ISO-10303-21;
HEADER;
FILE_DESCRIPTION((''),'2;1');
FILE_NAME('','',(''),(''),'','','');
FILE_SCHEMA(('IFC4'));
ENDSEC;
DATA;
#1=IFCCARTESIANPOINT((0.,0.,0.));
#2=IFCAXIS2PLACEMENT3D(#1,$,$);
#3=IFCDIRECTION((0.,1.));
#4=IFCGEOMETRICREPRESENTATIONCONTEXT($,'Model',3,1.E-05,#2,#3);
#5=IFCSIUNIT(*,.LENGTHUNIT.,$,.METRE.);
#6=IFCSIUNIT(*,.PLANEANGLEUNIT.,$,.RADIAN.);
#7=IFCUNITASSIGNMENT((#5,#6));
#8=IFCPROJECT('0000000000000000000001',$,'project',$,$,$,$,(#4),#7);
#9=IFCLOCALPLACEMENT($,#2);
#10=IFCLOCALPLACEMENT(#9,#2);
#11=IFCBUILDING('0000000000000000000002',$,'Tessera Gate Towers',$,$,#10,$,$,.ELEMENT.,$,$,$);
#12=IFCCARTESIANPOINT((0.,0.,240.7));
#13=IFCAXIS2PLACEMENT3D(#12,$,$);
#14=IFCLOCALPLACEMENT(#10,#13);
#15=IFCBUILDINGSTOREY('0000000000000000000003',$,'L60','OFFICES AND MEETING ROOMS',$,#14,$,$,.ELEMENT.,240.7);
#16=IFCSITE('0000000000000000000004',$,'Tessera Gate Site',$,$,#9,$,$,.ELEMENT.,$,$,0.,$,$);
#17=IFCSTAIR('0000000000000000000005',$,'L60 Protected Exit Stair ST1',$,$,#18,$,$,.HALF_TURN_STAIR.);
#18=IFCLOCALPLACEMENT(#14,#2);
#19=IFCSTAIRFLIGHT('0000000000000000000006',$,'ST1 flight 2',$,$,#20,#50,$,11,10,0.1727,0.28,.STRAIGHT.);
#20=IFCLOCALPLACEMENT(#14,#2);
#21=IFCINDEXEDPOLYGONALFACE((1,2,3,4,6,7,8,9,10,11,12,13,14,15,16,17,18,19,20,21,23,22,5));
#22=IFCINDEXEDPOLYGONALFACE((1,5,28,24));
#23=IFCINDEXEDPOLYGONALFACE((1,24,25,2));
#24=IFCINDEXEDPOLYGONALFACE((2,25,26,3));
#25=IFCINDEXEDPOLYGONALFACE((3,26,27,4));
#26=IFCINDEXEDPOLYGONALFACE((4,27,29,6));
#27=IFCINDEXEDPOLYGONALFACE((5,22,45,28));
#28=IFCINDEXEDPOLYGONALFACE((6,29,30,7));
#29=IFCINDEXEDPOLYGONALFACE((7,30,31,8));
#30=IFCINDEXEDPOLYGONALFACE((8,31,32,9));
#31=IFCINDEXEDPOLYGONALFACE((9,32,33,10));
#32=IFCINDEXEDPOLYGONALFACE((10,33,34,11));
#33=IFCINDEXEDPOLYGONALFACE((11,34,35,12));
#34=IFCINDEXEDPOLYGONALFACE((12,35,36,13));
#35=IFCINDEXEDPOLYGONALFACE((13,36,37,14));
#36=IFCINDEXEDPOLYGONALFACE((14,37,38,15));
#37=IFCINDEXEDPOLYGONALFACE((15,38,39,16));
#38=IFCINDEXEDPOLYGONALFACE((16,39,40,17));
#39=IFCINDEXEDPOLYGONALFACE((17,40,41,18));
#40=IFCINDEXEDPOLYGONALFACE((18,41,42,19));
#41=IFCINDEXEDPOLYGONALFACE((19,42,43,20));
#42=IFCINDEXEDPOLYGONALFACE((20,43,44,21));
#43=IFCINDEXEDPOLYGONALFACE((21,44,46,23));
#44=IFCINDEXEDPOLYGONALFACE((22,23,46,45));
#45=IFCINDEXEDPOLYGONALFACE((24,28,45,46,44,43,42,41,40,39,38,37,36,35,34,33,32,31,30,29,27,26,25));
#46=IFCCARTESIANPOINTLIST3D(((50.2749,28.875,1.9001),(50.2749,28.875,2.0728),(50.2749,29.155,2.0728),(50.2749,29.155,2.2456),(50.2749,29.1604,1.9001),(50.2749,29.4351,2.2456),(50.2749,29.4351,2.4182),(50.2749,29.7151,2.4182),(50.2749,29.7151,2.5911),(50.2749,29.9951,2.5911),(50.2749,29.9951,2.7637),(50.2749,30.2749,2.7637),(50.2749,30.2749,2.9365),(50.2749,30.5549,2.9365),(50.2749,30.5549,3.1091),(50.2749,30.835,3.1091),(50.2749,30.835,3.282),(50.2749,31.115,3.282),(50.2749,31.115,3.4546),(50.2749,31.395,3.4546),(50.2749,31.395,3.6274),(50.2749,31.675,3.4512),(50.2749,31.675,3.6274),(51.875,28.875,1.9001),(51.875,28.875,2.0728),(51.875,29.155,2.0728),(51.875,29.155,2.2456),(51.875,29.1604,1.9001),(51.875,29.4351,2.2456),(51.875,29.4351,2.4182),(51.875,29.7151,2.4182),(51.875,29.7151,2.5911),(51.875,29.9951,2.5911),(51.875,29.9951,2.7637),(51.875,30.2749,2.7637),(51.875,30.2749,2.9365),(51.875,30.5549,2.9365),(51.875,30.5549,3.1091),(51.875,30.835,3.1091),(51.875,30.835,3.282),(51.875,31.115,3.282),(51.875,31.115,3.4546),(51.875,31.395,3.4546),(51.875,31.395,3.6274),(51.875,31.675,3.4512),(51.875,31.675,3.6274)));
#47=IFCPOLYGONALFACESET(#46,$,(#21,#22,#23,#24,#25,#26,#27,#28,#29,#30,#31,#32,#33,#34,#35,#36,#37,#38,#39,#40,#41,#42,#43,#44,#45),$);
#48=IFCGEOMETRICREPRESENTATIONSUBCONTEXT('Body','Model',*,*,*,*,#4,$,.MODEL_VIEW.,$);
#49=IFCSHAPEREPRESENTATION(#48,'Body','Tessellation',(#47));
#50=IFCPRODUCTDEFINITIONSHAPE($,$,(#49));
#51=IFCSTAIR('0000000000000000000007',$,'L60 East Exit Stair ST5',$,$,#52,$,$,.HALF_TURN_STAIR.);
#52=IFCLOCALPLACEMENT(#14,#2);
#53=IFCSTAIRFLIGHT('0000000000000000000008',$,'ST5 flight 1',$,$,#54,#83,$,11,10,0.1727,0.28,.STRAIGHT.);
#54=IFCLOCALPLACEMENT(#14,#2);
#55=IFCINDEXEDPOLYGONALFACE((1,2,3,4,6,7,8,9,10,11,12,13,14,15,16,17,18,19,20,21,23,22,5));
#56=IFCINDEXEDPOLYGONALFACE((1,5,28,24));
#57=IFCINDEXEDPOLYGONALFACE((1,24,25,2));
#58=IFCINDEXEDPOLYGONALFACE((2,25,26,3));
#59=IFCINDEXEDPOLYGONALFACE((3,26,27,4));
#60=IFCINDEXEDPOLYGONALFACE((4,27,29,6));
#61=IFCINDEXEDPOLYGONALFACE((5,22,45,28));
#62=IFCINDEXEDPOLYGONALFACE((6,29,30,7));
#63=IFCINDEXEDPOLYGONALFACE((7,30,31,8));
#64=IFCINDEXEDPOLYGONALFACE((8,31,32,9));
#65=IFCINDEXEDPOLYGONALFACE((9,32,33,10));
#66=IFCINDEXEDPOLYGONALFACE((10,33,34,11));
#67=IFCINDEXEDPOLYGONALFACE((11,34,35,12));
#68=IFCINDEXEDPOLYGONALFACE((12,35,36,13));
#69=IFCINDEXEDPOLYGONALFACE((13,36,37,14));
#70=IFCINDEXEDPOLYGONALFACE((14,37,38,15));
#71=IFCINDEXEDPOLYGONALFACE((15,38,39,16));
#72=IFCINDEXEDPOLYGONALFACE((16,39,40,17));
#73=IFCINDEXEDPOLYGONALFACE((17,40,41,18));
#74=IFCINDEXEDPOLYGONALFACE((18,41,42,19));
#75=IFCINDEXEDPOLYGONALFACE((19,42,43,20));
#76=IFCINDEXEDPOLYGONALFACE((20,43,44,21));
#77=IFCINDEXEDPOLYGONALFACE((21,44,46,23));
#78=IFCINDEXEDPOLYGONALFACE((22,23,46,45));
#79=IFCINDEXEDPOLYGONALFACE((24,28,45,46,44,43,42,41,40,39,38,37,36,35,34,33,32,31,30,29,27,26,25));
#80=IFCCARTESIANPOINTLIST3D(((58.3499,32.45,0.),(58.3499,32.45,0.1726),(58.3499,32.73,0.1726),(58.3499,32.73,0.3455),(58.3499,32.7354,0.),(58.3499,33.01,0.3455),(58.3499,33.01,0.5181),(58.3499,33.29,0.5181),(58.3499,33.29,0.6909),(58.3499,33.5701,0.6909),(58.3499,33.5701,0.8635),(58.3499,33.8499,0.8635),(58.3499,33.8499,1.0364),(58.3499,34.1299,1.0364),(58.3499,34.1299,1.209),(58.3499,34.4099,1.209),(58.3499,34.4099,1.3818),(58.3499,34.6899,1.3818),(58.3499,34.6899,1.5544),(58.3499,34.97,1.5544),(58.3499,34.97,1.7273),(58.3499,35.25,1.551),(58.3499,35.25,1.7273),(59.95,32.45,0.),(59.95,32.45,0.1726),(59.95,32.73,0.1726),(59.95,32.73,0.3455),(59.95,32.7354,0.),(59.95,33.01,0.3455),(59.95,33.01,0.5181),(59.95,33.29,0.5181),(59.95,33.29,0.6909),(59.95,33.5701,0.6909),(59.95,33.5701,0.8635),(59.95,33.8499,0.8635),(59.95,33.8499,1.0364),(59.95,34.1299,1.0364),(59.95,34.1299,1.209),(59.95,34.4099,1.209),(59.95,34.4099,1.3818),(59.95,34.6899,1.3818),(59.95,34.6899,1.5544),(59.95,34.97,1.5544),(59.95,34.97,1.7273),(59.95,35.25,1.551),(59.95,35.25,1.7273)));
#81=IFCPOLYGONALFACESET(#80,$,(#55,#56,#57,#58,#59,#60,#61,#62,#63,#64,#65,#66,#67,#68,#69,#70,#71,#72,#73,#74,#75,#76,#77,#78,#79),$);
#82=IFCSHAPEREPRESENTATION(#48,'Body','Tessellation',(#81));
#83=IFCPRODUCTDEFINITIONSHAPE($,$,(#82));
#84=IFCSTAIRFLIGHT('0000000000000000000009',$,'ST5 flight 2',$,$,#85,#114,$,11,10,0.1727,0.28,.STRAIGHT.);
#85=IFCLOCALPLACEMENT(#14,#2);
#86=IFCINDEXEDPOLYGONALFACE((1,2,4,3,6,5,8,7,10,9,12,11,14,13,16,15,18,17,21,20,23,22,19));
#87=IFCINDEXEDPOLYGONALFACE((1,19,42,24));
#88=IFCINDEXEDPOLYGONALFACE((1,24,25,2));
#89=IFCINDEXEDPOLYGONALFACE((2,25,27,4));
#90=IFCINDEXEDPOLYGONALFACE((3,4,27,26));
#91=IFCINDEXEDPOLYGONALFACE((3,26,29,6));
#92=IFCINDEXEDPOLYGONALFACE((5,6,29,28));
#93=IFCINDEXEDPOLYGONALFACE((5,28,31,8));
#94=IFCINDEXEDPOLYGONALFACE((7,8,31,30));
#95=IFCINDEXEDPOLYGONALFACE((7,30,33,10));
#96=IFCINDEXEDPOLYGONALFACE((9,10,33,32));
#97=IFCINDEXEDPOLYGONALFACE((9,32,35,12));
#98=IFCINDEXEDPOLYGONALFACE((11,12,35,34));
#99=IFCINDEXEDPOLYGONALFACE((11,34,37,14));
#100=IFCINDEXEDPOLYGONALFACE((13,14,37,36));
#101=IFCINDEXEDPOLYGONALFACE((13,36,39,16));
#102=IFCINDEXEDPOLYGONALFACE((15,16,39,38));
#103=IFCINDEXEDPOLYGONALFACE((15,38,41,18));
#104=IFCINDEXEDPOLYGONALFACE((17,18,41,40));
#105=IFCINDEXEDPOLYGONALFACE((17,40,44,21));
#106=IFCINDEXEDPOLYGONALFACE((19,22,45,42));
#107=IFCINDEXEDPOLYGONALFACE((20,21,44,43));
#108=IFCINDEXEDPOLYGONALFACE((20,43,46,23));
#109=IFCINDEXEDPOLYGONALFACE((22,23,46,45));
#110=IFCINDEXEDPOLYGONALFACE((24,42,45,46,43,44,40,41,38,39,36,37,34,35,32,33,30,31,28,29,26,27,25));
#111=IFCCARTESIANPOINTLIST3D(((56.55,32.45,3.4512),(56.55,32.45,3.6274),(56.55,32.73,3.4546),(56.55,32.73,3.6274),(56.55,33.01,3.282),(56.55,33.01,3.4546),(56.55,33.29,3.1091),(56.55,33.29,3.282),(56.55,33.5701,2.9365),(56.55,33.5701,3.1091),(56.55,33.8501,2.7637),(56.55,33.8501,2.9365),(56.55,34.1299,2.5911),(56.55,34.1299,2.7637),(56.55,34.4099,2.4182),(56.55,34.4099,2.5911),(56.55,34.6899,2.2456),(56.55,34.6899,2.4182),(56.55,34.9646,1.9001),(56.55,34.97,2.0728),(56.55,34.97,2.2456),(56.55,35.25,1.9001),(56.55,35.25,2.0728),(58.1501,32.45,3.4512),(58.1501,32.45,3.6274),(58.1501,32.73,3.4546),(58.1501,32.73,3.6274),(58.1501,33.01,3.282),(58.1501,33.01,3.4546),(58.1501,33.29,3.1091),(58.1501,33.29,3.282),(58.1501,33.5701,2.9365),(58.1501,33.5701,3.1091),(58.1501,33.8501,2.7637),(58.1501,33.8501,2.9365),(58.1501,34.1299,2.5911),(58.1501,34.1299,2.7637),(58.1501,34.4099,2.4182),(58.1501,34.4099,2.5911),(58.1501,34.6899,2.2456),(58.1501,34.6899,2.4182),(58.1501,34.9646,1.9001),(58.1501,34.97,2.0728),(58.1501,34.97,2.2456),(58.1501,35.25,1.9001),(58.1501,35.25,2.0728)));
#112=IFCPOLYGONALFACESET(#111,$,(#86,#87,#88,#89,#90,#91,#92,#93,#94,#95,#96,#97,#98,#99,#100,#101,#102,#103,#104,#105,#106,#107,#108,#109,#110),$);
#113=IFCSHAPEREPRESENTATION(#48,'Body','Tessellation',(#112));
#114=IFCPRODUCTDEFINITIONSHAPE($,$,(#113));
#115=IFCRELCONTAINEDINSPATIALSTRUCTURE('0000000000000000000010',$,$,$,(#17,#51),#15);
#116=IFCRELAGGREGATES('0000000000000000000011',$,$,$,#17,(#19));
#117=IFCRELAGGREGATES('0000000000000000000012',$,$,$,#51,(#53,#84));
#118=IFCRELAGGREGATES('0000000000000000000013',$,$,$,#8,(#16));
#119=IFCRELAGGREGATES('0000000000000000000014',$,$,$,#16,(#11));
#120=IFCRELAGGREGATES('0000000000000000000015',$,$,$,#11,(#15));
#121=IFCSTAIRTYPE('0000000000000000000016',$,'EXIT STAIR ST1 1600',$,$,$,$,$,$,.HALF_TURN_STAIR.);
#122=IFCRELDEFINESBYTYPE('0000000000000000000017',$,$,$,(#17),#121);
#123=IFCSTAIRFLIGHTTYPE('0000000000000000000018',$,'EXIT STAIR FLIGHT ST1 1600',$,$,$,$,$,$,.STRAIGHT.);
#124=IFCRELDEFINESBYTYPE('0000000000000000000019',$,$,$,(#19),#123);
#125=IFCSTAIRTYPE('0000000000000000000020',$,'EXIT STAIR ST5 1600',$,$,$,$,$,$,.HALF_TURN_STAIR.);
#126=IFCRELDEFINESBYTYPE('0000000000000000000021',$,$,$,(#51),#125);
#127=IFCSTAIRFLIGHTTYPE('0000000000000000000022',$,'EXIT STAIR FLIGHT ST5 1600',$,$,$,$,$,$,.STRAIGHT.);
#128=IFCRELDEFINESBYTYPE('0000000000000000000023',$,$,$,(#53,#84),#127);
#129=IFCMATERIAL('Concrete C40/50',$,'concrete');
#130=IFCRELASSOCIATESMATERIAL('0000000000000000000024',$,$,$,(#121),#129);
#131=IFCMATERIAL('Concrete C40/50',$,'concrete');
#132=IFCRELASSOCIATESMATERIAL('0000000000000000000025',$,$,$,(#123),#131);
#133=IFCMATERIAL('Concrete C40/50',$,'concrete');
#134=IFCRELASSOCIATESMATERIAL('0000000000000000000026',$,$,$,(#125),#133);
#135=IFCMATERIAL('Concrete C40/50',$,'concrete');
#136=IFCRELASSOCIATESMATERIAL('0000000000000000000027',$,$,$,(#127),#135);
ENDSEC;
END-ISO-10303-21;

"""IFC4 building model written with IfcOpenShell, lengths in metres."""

from ifc_helpers import new_model, si_unit, direction, frame, origin, place, context, subcontext, project, spatial, polyline, outline, extrude, material, type_object, element, aggregate, save


model = new_model("IFC4")

# Units and contexts
model_context = context("Model", 3, precision=1e-05, world=origin(), true_north=direction((0.0, 1.0)))
body_context = subcontext(model_context, "Body", "Model", "MODEL_VIEW")
ifc_project = project(units=[si_unit("LENGTHUNIT", "METRE"), si_unit("PLANEANGLEUNIT", "RADIAN")], contexts=[model_context])

# Site, building, storey
site_placement = place(None, origin())
site = spatial("IfcSite", under=ifc_project, at=site_placement, Name="Tessera Gate Site", CompositionType="ELEMENT", RefElevation=0.0)
building_placement = place(site_placement, origin())
building = spatial("IfcBuilding", under=site, at=building_placement, Name="Tessera Gate Towers", CompositionType="ELEMENT")
storey_placement = place(building_placement, frame((0.0, 0.0, 240.7)))
storey = spatial("IfcBuildingStorey", under=building, at=storey_placement, Name="L60", Description="OFFICES AND MEETING ROOMS", CompositionType="ELEMENT", Elevation=240.7)

# Stair, stair flight
ifc_material_1 = material(Name="Concrete C40/50", Category="concrete")
stair_type_1 = type_object("IfcStairType", Name="EXIT STAIR ST1 1600", PredefinedType="HALF_TURN_STAIR", material=ifc_material_1)
stair_1_placement = place(storey_placement, origin())
stair_1 = element("IfcStair", 1, at=stair_1_placement, inside=storey, type_object=stair_type_1, Name="L60 Protected Exit Stair ST1", PredefinedType="HALF_TURN_STAIR")
ifc_material_2 = material(Name="Concrete C40/50", Category="concrete")
stair_flight_type_1 = type_object("IfcStairFlightType", Name="EXIT STAIR FLIGHT ST1 1600", PredefinedType="STRAIGHT", material=ifc_material_2)
stair_flight_1_placement = place(storey_placement, frame((51.075, 28.875, 1.9001), z_axis=(0.0, 0.0, 1.0), x_axis=(0.0, 1.0, 0.0)))
stair_flight_1 = element("IfcStairFlight", 2, at=stair_flight_1_placement, type_object=stair_flight_type_1, Name="ST1 flight 2", NumberOfRisers=11, NumberOfTreads=10, PredefinedType="STRAIGHT", RiserHeight=0.1727, TreadLength=0.28, context=body_context, shape_type="SweptSolid", body=[
    extrude(outline(polyline([(0.0, 0.0), (0.0, 0.1726), (0.28, 0.1726), (0.28, 0.3455), (0.5601, 0.3455), (0.5601, 0.5181), (0.8401, 0.5181), (0.8401, 0.6909), (1.1201, 0.6909), (1.1201, 0.8635), (1.3999, 0.8635), (1.3999, 1.0364), (1.6799, 1.0364), (1.6799, 1.209), (1.96, 1.209), (1.96, 1.3818), (2.24, 1.3818), (2.24, 1.5544), (2.52, 1.5544), (2.52, 1.7273), (2.8, 1.7273), (2.8, 1.8999), (2.8, 1.551), (0.2854, 0.0), (0.0, 0.0)])), frame((0.0, 0.8, 0.0), z_axis=(0.0, -1.0, 0.0), x_axis=(1.0, 0.0, 0.0)), (0.0, 0.0, 1.0), 1.6001),
])
aggregate(stair_1, [stair_flight_1])

# Stair, stair flights
ifc_material_3 = material(Name="Concrete C40/50", Category="concrete")
stair_type_2 = type_object("IfcStairType", Name="EXIT STAIR ST5 1600", PredefinedType="HALF_TURN_STAIR", material=ifc_material_3)
stair_2_placement = place(storey_placement, origin())
stair_2 = element("IfcStair", 3, at=stair_2_placement, inside=storey, type_object=stair_type_2, Name="L60 East Exit Stair ST5", PredefinedType="HALF_TURN_STAIR")
ifc_material_4 = material(Name="Concrete C40/50", Category="concrete")
stair_flight_type_2 = type_object("IfcStairFlightType", Name="EXIT STAIR FLIGHT ST5 1600", PredefinedType="STRAIGHT", material=ifc_material_4)
stair_flight_2_placement = place(storey_placement, frame((59.1499, 32.45, 0.0), z_axis=(0.0, 0.0, 1.0), x_axis=(0.0, 1.0, 0.0)))
stair_flight_2 = element("IfcStairFlight", 4, at=stair_flight_2_placement, type_object=stair_flight_type_2, Name="ST5 flight 1", NumberOfRisers=11, NumberOfTreads=10, PredefinedType="STRAIGHT", RiserHeight=0.1727, TreadLength=0.28, context=body_context, shape_type="SweptSolid", body=[
    extrude(outline(polyline([(0.0, 0.0), (0.0, 0.1726), (0.28, 0.1726), (0.28, 0.3455), (0.5601, 0.3455), (0.5601, 0.5181), (0.8401, 0.5181), (0.8401, 0.6909), (1.1201, 0.6909), (1.1201, 0.8635), (1.3999, 0.8635), (1.3999, 1.0364), (1.6799, 1.0364), (1.6799, 1.209), (1.96, 1.209), (1.96, 1.3818), (2.24, 1.3818), (2.24, 1.5544), (2.52, 1.5544), (2.52, 1.7273), (2.8, 1.7273), (2.8, 1.8999), (2.8, 1.551), (0.2854, 0.0), (0.0, 0.0)])), frame((0.0, 0.8, 0.0), z_axis=(0.0, -1.0, 0.0), x_axis=(1.0, 0.0, 0.0)), (0.0, 0.0, 1.0), 1.6001),
])
stair_flight_3_placement = place(storey_placement, frame((57.3501, 35.25, 1.9001), z_axis=(0.0, 0.0, 1.0), x_axis=(0.0, -1.0, 0.0)))
stair_flight_3 = element("IfcStairFlight", 5, at=stair_flight_3_placement, type_object=stair_flight_type_2, Name="ST5 flight 2", NumberOfRisers=11, NumberOfTreads=10, PredefinedType="STRAIGHT", RiserHeight=0.1727, TreadLength=0.28, context=body_context, shape_type="SweptSolid", body=[
    extrude(outline(polyline([(0.0, 0.0), (0.0, 0.1726), (0.28, 0.1726), (0.28, 0.3455), (0.5601, 0.3455), (0.5601, 0.5181), (0.8401, 0.5181), (0.8401, 0.6909), (1.1201, 0.6909), (1.1201, 0.8635), (1.3999, 0.8635), (1.3999, 1.0364), (1.6799, 1.0364), (1.6799, 1.209), (1.96, 1.209), (1.96, 1.3818), (2.24, 1.3818), (2.24, 1.5544), (2.52, 1.5544), (2.52, 1.7273), (2.8, 1.7273), (2.8, 1.8999), (2.8, 1.551), (0.2854, 0.0), (0.0, 0.0)])), frame((0.0, 0.8, 0.0), z_axis=(0.0, -1.0, 0.0), x_axis=(1.0, 0.0, 0.0)), (0.0, 0.0, 1.0), 1.6001),
])
aggregate(stair_2, [stair_flight_2, stair_flight_3])

save(model, "model.ifc")
